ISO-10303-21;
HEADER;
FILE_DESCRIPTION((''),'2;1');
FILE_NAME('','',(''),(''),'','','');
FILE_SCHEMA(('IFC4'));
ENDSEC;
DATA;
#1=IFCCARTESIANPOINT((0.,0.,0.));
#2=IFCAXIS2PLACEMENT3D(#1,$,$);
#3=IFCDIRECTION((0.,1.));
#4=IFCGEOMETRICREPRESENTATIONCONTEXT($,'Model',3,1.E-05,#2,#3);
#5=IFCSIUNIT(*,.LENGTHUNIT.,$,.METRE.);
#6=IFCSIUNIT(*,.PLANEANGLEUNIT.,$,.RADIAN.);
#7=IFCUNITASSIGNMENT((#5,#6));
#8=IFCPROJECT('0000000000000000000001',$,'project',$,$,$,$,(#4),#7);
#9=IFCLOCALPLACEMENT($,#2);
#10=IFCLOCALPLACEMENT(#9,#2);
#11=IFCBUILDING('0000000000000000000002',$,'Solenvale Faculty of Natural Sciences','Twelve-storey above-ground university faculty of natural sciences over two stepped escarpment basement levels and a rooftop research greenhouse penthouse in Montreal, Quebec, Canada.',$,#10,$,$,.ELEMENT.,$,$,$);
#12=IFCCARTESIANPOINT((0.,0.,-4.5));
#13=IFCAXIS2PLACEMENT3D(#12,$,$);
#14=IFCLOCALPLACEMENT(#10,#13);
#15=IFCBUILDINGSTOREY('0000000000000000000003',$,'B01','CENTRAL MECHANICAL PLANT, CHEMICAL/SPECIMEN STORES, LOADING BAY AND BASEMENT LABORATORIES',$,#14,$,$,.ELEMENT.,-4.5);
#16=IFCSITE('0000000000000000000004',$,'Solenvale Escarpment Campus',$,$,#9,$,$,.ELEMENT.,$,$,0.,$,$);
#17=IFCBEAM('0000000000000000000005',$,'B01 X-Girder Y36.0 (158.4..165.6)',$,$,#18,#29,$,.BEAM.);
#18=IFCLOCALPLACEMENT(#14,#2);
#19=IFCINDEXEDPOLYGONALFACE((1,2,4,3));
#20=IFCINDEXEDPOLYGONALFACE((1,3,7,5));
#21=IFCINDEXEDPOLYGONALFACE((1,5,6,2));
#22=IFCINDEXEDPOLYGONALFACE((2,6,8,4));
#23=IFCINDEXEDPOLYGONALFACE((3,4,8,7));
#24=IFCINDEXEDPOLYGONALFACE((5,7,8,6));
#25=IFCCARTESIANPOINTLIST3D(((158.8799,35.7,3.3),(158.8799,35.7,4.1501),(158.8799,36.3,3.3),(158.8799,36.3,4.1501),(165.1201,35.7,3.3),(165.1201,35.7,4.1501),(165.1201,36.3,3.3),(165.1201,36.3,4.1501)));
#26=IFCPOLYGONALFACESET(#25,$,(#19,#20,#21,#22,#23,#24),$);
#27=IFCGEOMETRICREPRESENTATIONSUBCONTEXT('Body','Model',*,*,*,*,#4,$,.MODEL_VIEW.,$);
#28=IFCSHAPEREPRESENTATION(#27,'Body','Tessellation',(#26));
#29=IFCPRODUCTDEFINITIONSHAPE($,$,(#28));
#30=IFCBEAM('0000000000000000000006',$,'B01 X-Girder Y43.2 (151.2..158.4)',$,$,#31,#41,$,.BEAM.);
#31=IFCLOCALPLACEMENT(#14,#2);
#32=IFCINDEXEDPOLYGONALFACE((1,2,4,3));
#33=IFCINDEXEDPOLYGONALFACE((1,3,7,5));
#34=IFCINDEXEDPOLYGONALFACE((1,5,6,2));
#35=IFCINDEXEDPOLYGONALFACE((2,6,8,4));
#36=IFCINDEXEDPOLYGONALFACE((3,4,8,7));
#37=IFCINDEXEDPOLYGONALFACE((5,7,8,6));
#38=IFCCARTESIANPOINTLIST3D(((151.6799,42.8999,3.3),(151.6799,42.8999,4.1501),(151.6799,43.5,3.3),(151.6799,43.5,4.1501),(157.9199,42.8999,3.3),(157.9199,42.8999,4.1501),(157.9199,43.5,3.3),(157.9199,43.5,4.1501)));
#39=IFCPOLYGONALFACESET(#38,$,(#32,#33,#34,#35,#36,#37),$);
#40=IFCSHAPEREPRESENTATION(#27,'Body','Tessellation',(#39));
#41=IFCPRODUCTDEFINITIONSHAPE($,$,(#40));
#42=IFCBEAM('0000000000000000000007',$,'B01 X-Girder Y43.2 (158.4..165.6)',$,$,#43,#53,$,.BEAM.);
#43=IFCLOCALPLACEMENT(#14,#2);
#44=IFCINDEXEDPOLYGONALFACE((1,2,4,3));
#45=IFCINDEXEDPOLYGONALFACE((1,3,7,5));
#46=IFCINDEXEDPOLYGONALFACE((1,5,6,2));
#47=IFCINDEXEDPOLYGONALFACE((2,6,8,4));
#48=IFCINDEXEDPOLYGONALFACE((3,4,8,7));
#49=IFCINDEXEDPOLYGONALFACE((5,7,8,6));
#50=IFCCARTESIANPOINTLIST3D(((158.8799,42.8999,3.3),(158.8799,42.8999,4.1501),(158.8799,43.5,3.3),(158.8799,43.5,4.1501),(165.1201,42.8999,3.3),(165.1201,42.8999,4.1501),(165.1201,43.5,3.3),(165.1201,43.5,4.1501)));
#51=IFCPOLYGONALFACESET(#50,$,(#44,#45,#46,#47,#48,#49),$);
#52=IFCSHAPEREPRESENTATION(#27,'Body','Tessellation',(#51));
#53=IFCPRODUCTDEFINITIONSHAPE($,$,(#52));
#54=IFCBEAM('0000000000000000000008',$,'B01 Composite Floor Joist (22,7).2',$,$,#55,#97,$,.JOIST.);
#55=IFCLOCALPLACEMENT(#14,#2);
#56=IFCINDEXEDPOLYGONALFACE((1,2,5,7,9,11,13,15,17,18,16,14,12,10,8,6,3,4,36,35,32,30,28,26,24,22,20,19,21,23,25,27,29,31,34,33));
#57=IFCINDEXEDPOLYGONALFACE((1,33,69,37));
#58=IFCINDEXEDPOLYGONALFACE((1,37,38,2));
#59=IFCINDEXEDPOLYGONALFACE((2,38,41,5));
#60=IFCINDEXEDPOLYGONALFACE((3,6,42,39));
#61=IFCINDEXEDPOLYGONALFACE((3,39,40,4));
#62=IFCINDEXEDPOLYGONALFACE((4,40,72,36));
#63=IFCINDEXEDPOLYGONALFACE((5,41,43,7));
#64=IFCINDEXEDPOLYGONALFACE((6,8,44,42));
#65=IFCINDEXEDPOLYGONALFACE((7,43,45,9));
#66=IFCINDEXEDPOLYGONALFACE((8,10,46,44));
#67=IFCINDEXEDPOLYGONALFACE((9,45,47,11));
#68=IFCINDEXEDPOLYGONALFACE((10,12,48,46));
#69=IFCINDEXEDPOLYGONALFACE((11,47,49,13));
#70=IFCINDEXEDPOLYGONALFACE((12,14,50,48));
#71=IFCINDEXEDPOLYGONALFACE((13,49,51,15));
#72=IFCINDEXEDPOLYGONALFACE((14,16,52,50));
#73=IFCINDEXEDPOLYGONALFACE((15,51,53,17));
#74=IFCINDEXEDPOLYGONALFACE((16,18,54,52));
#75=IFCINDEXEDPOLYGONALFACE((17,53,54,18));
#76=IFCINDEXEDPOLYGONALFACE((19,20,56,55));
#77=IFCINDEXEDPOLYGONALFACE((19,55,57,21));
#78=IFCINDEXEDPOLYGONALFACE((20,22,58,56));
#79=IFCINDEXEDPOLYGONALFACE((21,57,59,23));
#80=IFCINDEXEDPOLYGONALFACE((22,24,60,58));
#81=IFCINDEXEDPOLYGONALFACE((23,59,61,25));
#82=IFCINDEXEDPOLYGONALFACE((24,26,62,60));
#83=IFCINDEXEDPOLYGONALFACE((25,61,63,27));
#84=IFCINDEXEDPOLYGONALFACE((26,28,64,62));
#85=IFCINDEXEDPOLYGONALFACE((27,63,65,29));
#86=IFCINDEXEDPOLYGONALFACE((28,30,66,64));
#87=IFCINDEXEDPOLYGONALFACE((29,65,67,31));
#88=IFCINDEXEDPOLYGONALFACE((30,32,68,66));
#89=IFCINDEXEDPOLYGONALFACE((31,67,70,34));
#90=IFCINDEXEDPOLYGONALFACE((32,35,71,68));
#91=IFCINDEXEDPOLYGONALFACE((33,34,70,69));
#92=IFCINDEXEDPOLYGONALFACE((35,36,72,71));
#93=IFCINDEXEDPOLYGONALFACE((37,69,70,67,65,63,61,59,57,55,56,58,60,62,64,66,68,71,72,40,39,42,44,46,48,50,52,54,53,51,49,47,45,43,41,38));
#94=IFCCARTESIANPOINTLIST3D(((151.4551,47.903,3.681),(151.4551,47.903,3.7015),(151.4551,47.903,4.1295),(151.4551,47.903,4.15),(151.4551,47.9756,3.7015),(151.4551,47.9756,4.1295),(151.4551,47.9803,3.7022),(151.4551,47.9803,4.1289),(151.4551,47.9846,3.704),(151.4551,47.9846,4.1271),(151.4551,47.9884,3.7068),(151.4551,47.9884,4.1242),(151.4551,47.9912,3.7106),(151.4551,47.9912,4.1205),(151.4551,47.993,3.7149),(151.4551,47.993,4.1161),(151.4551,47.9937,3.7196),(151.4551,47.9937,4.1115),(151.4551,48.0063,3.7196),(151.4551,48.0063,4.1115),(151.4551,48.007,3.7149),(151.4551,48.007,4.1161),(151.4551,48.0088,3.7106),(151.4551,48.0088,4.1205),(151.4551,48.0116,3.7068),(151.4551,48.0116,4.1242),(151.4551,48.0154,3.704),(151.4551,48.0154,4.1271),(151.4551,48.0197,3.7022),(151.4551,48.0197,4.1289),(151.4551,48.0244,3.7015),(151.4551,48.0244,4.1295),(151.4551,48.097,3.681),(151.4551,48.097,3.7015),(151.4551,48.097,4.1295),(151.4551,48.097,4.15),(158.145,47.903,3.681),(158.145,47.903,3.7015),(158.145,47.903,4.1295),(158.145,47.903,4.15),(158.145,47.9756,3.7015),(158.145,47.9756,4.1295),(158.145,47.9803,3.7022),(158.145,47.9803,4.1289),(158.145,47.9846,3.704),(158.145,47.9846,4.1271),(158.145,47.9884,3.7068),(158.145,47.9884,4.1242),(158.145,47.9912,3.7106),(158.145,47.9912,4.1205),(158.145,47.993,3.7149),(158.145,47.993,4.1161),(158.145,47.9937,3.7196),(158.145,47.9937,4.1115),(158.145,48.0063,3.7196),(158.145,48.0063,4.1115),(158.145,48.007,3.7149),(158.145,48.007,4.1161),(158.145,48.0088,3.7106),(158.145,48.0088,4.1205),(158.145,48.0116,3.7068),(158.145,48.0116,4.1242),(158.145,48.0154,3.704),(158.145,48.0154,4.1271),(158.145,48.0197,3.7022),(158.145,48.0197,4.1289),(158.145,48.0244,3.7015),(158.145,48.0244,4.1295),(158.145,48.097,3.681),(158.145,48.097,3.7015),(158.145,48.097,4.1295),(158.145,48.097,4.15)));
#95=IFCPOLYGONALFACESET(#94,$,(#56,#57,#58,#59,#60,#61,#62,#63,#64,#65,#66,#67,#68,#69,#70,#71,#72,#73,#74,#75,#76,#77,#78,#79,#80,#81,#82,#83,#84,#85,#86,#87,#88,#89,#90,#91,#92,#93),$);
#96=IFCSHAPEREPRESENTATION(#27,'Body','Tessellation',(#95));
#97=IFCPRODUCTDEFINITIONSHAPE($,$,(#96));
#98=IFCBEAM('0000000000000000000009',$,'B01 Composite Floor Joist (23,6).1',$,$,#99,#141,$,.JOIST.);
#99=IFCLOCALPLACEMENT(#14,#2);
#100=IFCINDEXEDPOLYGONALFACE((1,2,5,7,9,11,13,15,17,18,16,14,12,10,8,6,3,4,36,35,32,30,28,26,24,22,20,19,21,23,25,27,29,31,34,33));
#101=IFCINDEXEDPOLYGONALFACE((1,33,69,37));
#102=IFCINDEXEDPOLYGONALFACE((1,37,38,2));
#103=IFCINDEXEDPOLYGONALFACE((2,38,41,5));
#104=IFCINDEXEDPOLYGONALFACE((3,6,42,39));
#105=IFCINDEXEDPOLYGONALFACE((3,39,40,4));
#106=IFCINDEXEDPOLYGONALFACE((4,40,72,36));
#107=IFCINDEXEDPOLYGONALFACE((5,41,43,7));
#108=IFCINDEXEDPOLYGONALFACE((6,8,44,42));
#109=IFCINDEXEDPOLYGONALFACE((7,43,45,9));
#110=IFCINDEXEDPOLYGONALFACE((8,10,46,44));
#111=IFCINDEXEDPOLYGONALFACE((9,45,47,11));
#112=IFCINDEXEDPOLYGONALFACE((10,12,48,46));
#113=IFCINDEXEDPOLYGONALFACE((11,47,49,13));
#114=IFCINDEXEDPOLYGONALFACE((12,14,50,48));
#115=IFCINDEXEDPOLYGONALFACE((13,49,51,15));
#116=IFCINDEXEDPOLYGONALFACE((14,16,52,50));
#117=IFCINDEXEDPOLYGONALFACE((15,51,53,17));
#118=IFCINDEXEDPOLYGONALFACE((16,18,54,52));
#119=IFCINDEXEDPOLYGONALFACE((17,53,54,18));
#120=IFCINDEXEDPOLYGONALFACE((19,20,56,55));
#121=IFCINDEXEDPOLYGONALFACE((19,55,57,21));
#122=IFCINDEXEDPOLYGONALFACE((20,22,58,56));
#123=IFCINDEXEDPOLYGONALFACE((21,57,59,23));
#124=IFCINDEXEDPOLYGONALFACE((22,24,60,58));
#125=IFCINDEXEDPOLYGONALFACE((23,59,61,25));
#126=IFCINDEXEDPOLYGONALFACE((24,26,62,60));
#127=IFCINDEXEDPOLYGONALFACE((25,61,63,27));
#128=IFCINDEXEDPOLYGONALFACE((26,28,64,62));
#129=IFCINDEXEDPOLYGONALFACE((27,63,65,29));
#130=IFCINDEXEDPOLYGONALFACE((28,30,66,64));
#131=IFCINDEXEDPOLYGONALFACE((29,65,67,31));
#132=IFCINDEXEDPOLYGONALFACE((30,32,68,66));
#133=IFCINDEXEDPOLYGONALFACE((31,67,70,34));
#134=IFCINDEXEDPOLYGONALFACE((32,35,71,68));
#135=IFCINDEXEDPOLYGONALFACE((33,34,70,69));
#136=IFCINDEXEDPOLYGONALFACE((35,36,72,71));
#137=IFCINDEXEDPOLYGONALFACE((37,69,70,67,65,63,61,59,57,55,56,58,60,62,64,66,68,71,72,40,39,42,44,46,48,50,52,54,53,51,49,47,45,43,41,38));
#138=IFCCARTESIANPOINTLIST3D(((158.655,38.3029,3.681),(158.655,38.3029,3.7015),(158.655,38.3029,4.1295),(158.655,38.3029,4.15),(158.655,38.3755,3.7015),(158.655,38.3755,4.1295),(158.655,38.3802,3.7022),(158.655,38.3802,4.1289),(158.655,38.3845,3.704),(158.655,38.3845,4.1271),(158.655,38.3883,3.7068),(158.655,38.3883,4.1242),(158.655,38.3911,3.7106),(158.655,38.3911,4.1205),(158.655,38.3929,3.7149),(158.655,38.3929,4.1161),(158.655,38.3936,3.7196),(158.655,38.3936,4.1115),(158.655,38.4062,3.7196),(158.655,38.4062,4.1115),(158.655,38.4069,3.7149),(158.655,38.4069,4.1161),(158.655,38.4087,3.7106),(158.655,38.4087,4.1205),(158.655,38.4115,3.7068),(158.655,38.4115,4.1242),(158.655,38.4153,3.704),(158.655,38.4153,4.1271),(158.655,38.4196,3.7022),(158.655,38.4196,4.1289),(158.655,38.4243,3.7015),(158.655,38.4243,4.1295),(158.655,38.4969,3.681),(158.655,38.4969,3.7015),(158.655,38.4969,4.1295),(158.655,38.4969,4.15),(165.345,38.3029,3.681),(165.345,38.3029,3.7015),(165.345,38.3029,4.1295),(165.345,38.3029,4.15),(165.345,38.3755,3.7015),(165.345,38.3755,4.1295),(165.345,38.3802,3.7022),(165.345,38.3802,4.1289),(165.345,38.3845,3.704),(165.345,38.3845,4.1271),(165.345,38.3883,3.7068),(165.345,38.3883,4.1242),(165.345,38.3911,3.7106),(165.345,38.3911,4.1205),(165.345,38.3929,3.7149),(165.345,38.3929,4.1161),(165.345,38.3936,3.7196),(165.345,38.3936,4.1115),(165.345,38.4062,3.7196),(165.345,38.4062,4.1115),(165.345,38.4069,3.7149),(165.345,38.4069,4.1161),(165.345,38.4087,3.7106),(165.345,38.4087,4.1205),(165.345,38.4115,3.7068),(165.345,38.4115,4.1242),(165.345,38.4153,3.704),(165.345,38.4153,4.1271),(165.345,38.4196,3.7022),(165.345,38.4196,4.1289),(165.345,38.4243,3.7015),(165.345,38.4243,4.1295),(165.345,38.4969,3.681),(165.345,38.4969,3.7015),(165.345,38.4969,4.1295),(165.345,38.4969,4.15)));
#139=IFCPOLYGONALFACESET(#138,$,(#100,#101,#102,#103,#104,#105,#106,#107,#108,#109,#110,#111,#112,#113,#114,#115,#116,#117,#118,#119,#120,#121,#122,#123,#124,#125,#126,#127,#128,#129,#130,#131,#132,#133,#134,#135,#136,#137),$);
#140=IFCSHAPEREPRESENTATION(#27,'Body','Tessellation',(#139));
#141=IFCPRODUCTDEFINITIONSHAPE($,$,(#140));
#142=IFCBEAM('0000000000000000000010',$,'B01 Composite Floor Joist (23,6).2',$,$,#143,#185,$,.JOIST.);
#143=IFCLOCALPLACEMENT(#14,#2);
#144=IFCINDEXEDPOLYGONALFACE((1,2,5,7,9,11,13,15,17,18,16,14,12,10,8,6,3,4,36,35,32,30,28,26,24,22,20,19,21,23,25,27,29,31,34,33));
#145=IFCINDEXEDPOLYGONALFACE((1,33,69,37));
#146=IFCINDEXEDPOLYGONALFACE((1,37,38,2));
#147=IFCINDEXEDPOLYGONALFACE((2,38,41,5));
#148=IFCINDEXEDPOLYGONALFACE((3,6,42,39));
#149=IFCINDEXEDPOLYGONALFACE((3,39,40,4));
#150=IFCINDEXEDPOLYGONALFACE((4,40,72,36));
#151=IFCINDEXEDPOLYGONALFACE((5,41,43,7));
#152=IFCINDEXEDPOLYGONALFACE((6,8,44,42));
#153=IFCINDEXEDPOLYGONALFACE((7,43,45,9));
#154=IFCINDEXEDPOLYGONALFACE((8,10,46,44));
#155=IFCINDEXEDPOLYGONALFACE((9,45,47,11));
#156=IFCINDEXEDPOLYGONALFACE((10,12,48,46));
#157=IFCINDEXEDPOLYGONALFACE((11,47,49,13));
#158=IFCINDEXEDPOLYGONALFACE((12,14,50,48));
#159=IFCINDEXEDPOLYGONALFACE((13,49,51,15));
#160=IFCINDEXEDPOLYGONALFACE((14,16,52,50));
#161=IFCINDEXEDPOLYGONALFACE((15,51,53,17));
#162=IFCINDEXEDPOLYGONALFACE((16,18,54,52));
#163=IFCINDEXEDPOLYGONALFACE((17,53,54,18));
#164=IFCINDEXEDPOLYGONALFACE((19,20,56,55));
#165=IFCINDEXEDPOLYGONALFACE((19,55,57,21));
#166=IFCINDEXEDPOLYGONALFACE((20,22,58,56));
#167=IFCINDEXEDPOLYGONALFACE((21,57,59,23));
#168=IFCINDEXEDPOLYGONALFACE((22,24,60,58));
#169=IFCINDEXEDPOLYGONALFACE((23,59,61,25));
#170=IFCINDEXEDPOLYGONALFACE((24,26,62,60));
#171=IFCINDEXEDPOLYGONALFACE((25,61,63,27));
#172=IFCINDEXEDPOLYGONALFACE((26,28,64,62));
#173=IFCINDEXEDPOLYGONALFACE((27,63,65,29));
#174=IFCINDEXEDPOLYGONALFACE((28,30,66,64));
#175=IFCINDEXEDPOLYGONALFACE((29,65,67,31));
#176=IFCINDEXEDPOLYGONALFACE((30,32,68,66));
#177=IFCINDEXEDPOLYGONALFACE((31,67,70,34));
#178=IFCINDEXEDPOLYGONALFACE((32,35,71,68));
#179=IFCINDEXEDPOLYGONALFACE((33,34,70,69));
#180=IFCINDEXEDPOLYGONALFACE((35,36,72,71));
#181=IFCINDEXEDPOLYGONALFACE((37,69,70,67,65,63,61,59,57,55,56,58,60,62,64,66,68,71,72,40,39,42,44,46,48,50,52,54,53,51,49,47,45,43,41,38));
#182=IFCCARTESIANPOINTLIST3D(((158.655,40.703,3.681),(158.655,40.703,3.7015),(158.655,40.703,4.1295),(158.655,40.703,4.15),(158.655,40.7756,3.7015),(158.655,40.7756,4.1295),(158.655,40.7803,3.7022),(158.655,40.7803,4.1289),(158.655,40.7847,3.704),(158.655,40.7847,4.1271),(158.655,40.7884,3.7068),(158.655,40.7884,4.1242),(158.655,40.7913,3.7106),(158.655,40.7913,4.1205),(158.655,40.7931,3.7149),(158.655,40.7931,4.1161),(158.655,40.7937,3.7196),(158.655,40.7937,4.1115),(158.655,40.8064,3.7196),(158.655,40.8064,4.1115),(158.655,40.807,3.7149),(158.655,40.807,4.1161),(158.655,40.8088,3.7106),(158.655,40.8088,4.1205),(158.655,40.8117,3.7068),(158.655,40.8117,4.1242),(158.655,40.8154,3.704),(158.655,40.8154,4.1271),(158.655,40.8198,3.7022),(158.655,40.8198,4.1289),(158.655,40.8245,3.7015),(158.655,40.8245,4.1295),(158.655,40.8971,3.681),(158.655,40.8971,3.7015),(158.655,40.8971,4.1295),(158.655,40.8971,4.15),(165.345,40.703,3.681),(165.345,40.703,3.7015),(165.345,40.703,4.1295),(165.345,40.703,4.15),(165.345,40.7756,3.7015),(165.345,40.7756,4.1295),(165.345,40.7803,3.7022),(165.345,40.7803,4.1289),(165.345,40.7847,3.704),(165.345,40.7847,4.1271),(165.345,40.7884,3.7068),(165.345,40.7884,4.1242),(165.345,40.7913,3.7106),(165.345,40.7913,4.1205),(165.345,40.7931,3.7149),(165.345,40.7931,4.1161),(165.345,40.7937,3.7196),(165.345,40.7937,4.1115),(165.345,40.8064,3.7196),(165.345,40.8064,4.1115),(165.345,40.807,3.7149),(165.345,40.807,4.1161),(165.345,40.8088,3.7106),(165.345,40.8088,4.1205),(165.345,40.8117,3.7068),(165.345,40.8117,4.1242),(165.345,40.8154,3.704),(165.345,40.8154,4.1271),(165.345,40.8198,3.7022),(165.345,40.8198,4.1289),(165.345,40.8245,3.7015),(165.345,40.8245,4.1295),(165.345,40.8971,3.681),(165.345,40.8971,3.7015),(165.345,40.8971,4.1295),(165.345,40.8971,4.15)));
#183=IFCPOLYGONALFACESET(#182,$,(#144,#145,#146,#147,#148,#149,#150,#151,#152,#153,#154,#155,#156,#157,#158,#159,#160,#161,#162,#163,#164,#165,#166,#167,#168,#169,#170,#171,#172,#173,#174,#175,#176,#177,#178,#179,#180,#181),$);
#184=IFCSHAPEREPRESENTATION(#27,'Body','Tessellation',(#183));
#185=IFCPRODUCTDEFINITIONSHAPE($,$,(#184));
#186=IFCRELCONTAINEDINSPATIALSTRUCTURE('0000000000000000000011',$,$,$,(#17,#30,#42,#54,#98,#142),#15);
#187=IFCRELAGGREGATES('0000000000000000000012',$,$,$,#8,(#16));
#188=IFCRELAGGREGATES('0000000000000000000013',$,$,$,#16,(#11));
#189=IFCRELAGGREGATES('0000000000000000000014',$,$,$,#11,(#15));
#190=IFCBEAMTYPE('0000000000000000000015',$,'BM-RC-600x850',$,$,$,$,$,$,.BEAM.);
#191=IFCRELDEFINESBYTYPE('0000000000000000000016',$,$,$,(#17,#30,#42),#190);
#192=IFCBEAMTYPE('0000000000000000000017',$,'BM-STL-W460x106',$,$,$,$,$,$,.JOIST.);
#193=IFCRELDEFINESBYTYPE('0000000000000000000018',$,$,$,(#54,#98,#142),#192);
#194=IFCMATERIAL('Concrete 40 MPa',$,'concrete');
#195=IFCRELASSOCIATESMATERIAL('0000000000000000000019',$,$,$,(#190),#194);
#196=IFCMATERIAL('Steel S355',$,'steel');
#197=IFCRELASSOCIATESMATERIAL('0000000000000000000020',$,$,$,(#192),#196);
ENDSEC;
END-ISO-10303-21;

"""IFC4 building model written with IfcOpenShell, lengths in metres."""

from ifc_helpers import new_model, si_unit, direction, frame, origin, origin_2d, place, context, subcontext, project, spatial, rectangle, i_section, extrude, material, material_profile, profile_set, type_object, element, save


model = new_model("IFC4")

# Units and contexts
model_context = context("Model", 3, precision=1e-05, world=origin(), true_north=direction((0.0, 1.0)))
body_context = subcontext(model_context, "Body", "Model", "MODEL_VIEW")
ifc_project = project(units=[si_unit("LENGTHUNIT", "METRE"), si_unit("PLANEANGLEUNIT", "RADIAN")], contexts=[model_context])

# Site, building, storey
site_placement = place(None, origin())
site = spatial("IfcSite", under=ifc_project, at=site_placement, Name="Solenvale Escarpment Campus", CompositionType="ELEMENT", RefElevation=0.0)
building_placement = place(site_placement, origin())
building = spatial("IfcBuilding", under=site, at=building_placement, Name="Solenvale Faculty of Natural Sciences", Description="Twelve-storey above-ground university faculty of natural sciences over two stepped escarpment basement levels and a rooftop research greenhouse penthouse in Montreal, Quebec, Canada.", CompositionType="ELEMENT")
storey_placement = place(building_placement, frame((0.0, 0.0, -4.5)))
storey = spatial("IfcBuildingStorey", under=building, at=storey_placement, Name="B01", Description="CENTRAL MECHANICAL PLANT, CHEMICAL/SPECIMEN STORES, LOADING BAY AND BASEMENT LABORATORIES", CompositionType="ELEMENT", Elevation=-4.5)

# Shared definitions
ifc_material_1 = material(Name="Concrete 40 MPa", Category="concrete")

# Beams
ifc_material_profile_1 = material_profile(ifc_material_1, rectangle(XDim=0.6001, YDim=0.8501, at=origin_2d()), Name="RC-BM-600x850")
ifc_profile_set_1 = profile_set([ifc_material_profile_1], Name="Concrete 40 MPa")
beam_type_1 = type_object("IfcBeamType", Name="BM-RC-600x850", PredefinedType="BEAM", material=ifc_profile_set_1)
beam_1_placement = place(storey_placement, frame((158.8799, 36.0, 3.7251), z_axis=(1.0, 0.0, 0.0), x_axis=(0.0, 1.0, 0.0)))
element("IfcBeam", 1, at=beam_1_placement, inside=storey, type_object=beam_type_1, Name="B01 X-Girder Y36.0 (158.4..165.6)", PredefinedType="BEAM", context=body_context, shape_type="SweptSolid", body=[
    extrude(rectangle(XDim=0.6001, YDim=0.8501, at=origin_2d()), origin(), (0.0, 0.0, 1.0), 6.2402),
])
beam_2_placement = place(storey_placement, frame((151.6799, 43.2, 3.7251), z_axis=(1.0, 0.0, 0.0), x_axis=(0.0, 1.0, 0.0)))
element("IfcBeam", 2, at=beam_2_placement, inside=storey, type_object=beam_type_1, Name="B01 X-Girder Y43.2 (151.2..158.4)", PredefinedType="BEAM", context=body_context, shape_type="SweptSolid", body=[
    extrude(rectangle(XDim=0.6001, YDim=0.8501, at=origin_2d()), origin(), (0.0, 0.0, 1.0), 6.24),
])
beam_3_placement = place(storey_placement, frame((158.8799, 43.2, 3.7251), z_axis=(1.0, 0.0, 0.0), x_axis=(0.0, 1.0, 0.0)))
element("IfcBeam", 3, at=beam_3_placement, inside=storey, type_object=beam_type_1, Name="B01 X-Girder Y43.2 (158.4..165.6)", PredefinedType="BEAM", context=body_context, shape_type="SweptSolid", body=[
    extrude(rectangle(XDim=0.6001, YDim=0.8501, at=origin_2d()), origin(), (0.0, 0.0, 1.0), 6.2402),
])
ifc_material_2 = material(Name="Steel S355", Category="steel")
ifc_material_profile_2 = material_profile(ifc_material_2, i_section(OverallWidth=0.1941, OverallDepth=0.469, WebThickness=0.0127, FlangeThickness=0.0205, FilletRadius=0.0181, at=origin_2d()), Name="W460x106")
ifc_profile_set_2 = profile_set([ifc_material_profile_2], Name="Steel S355")
beam_type_2 = type_object("IfcBeamType", Name="BM-STL-W460x106", PredefinedType="JOIST", material=ifc_profile_set_2)
for number, where, z_axis, x_axis, name in (
    (4, (151.4551, 48.0, 3.9155), (1.0, 0.0, 0.0), (0.0, 1.0, 0.0), "B01 Composite Floor Joist (22,7).2"),
    (5, (158.655, 38.3999, 3.9155), (1.0, 0.0, 0.0), (0.0, 1.0, 0.0), "B01 Composite Floor Joist (23,6).1"),
    (6, (158.655, 40.8, 3.9155), (1.0, 0.0, 0.0), (0.0, 1.0, 0.0), "B01 Composite Floor Joist (23,6).2"),
):
    element("IfcBeam", number, at=place(storey_placement, frame(where, z_axis=z_axis, x_axis=x_axis)), inside=storey, type_object=beam_type_2, Name=name, PredefinedType="JOIST", context=body_context, shape_type="SweptSolid", body=[
        extrude(i_section(OverallWidth=0.1941, OverallDepth=0.469, WebThickness=0.0127, FlangeThickness=0.0205, FilletRadius=0.0181, at=origin_2d()), origin(), (0.0, 0.0, 1.0), 6.6899),
    ])

save(model, "model.ifc")
